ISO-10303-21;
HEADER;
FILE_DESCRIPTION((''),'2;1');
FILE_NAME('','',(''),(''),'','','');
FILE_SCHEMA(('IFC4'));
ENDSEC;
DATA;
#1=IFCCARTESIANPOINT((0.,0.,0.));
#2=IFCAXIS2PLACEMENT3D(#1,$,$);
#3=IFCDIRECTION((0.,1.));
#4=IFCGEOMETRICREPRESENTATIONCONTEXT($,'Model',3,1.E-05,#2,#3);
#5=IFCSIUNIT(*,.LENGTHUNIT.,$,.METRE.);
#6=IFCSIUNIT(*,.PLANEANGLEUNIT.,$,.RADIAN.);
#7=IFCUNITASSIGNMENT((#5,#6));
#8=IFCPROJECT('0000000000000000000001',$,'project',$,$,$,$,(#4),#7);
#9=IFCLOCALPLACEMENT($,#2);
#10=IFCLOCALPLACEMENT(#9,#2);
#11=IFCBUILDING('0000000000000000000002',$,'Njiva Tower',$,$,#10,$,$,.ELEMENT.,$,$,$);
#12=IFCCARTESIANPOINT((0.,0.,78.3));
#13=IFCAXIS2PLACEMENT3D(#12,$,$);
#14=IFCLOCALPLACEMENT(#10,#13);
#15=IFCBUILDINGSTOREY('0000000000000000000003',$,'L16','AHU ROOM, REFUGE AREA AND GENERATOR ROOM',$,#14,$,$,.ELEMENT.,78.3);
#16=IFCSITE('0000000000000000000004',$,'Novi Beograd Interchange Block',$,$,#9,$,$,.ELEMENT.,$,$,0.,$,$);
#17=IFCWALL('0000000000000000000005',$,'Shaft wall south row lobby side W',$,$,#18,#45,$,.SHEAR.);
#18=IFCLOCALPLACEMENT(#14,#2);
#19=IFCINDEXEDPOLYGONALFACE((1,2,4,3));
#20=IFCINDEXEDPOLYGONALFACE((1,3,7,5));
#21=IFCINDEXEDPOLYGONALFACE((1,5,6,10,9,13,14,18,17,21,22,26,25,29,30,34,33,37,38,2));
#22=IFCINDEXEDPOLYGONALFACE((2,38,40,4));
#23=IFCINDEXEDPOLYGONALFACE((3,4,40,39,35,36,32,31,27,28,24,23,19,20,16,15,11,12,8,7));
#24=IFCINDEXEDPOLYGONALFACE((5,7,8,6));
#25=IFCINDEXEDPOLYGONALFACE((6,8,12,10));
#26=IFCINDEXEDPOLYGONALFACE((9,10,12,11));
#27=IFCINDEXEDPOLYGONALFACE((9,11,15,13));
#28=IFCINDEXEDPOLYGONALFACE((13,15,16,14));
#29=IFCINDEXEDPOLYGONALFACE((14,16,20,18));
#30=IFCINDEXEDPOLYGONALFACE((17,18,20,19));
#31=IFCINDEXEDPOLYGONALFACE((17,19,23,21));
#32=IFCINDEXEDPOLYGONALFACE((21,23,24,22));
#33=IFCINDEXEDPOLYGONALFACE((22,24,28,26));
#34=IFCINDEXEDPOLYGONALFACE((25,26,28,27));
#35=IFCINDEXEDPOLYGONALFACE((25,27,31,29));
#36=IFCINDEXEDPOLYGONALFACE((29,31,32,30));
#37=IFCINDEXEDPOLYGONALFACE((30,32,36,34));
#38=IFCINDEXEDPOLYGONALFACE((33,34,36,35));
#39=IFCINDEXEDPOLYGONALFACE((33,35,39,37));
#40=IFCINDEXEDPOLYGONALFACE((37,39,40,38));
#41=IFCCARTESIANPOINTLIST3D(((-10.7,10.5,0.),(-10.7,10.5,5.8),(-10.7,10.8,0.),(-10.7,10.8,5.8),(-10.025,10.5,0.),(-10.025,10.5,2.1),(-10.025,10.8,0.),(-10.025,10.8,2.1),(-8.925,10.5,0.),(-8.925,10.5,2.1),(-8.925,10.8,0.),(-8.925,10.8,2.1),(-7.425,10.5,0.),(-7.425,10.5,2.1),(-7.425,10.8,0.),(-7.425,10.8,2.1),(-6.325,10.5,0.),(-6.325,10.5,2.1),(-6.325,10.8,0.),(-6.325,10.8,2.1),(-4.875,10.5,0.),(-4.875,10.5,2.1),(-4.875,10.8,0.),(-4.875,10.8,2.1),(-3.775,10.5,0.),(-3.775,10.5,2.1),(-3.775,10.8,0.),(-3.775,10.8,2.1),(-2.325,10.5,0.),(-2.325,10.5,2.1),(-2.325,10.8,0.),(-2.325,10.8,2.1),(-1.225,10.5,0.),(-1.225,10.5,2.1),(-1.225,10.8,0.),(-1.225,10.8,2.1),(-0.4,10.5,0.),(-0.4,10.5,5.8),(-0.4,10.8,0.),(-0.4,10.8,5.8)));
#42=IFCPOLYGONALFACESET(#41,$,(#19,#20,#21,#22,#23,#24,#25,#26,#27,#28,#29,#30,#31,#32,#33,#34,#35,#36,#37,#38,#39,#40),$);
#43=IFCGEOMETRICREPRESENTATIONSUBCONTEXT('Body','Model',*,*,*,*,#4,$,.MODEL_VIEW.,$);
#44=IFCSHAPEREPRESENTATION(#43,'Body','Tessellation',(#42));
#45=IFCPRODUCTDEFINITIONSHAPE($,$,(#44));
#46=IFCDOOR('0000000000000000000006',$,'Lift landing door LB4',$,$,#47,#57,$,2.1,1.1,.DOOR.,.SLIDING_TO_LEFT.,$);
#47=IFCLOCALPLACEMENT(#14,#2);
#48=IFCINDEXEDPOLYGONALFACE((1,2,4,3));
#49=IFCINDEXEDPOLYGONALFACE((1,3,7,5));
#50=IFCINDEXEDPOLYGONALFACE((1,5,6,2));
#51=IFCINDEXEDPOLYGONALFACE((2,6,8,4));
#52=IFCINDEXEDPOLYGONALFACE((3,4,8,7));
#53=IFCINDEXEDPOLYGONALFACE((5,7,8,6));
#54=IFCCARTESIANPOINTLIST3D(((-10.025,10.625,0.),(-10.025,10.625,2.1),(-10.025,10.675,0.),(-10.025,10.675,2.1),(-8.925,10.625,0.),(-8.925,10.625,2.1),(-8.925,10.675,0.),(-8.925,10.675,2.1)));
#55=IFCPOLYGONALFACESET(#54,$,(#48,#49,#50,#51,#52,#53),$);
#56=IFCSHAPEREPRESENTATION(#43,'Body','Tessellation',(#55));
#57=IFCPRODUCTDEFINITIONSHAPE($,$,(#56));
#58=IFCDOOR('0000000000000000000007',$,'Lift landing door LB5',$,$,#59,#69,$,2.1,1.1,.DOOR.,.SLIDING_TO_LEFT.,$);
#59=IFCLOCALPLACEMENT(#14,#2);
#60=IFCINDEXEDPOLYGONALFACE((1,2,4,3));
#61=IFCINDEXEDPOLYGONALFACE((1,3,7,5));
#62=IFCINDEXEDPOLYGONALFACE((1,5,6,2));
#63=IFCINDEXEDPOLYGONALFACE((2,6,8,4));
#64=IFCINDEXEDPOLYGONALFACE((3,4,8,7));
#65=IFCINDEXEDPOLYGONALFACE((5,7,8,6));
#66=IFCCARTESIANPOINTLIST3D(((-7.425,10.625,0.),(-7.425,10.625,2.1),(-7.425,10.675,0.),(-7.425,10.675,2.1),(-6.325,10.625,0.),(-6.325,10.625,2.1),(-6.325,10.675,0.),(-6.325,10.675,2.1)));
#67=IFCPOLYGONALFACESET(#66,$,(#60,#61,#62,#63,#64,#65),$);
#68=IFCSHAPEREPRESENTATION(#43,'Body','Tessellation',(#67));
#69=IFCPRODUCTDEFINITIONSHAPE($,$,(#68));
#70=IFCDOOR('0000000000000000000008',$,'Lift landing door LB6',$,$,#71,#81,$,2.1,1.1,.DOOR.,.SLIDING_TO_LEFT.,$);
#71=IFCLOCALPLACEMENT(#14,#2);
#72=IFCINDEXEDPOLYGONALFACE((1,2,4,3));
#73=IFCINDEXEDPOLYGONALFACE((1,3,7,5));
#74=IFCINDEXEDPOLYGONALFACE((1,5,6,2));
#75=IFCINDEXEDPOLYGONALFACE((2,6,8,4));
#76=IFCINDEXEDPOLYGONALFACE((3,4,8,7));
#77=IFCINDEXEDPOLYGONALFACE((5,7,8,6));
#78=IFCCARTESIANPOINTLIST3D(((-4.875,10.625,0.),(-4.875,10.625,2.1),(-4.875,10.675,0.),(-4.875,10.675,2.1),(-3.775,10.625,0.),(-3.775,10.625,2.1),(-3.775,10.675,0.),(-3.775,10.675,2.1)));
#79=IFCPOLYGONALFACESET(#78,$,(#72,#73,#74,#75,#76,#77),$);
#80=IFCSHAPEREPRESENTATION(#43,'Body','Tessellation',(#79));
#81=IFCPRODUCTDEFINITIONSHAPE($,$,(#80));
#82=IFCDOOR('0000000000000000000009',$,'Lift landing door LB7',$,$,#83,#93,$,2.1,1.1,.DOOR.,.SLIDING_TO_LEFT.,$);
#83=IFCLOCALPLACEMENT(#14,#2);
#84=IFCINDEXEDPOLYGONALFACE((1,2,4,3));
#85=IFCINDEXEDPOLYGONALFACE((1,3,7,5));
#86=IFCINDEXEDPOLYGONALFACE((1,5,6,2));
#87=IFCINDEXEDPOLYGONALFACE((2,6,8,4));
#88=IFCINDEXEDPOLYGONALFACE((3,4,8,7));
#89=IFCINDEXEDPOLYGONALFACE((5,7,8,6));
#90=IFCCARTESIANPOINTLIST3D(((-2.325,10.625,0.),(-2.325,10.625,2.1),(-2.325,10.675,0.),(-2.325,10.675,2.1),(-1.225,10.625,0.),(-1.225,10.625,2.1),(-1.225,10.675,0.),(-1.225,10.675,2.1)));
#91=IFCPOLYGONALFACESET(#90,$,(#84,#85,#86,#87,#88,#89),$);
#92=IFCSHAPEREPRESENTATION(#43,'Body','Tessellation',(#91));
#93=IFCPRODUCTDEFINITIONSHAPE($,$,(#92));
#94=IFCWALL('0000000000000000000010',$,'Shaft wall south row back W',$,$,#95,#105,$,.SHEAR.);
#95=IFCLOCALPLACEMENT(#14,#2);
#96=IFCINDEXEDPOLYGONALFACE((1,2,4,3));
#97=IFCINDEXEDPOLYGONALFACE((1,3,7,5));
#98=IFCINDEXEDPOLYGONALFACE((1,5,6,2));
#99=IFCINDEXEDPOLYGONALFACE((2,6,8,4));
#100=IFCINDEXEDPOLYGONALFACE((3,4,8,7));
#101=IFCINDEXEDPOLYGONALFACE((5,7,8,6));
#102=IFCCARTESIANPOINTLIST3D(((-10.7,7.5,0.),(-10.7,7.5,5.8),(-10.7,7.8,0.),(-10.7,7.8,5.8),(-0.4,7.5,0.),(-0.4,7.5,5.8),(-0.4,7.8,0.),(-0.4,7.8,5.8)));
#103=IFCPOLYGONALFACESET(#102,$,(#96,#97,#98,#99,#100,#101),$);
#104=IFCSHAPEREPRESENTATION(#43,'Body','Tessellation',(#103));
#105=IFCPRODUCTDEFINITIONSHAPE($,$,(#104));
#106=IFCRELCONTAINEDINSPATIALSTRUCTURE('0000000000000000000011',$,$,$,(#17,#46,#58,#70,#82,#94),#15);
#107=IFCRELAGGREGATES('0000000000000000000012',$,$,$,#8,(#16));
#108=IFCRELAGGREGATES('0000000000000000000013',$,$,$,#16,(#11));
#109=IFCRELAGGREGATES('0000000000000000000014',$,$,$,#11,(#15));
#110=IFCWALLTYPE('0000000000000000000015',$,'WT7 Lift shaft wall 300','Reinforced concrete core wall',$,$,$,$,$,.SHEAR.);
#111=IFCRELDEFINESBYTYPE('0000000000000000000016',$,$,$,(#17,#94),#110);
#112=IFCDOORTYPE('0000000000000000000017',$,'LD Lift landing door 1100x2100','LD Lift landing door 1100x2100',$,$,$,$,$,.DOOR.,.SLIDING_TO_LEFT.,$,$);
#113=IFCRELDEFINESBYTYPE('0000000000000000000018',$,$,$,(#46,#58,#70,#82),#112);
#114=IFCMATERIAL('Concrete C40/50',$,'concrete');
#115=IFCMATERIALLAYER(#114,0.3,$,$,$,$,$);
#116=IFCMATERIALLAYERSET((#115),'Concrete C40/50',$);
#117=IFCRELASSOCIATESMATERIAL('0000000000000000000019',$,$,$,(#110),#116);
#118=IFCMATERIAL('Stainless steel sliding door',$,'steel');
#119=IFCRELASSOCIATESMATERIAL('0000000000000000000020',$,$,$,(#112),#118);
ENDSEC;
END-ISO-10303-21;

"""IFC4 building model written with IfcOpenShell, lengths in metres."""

from ifc_helpers import new_model, si_unit, direction, frame, frame_2d, origin, place, context, subcontext, project, spatial, rectangle, extrude, material, layer, layer_set, type_object, element, fill, save


model = new_model("IFC4")

# Units and contexts
model_context = context("Model", 3, precision=1e-05, world=origin(), true_north=direction((0.0, 1.0)))
body_context = subcontext(model_context, "Body", "Model", "MODEL_VIEW")
ifc_project = project(units=[si_unit("LENGTHUNIT", "METRE"), si_unit("PLANEANGLEUNIT", "RADIAN")], contexts=[model_context])

# Site, building, storey
site_placement = place(None, origin())
site = spatial("IfcSite", under=ifc_project, at=site_placement, Name="Novi Beograd Interchange Block", CompositionType="ELEMENT", RefElevation=0.0)
building_placement = place(site_placement, origin())
building = spatial("IfcBuilding", under=site, at=building_placement, Name="Njiva Tower", CompositionType="ELEMENT")
storey_placement = place(building_placement, frame((0.0, 0.0, 78.3)))
storey = spatial("IfcBuildingStorey", under=building, at=storey_placement, Name="L16", Description="AHU ROOM, REFUGE AREA AND GENERATOR ROOM", CompositionType="ELEMENT", Elevation=78.3)

# Shared definitions
ifc_material_1 = material(Name="Concrete C40/50", Category="concrete")

# Wall, openings, doors
ifc_layer_1 = layer(ifc_material_1, 0.3)
ifc_layer_set_1 = layer_set([ifc_layer_1], Name="Concrete C40/50")
wall_type_1 = type_object("IfcWallType", Name="WT7 Lift shaft wall 300", Description="Reinforced concrete core wall", PredefinedType="SHEAR", material=ifc_layer_set_1)
wall_1_placement = place(storey_placement, frame((-10.7, 10.65, 0.0), z_axis=(0.0, 0.0, 1.0), x_axis=(1.0, 0.0, 0.0)))
wall_1 = element("IfcWall", 1, at=wall_1_placement, inside=storey, type_object=wall_type_1, Name="Shaft wall south row lobby side W", PredefinedType="SHEAR", context=body_context, shape_type="SweptSolid", body=[
    extrude(rectangle(XDim=10.3, YDim=0.3, at=frame_2d((5.15, 0.0))), origin(), (0.0, 0.0, 1.0), 5.8),
])
opening_1_placement = place(wall_1_placement, frame((0.675, 0.0, 0.0)))
opening_1 = element("IfcOpeningElement", 2, at=opening_1_placement, cuts=wall_1, PredefinedType="OPENING", context=body_context, shape_type="SweptSolid", body=[
    extrude(rectangle(XDim=1.1, YDim=2.1, at=frame_2d((0.55, 1.05))), frame((0.0, 0.16, 0.0), z_axis=(0.0, -1.0, 0.0), x_axis=(1.0, 0.0, 0.0)), (0.0, 0.0, 1.0), 0.32),
])
opening_2_placement = place(wall_1_placement, frame((3.275, 0.0, 0.0)))
opening_2 = element("IfcOpeningElement", 3, at=opening_2_placement, cuts=wall_1, PredefinedType="OPENING", context=body_context, shape_type="SweptSolid", body=[
    extrude(rectangle(XDim=1.1, YDim=2.1, at=frame_2d((0.55, 1.05))), frame((0.0, 0.16, 0.0), z_axis=(0.0, -1.0, 0.0), x_axis=(1.0, 0.0, 0.0)), (0.0, 0.0, 1.0), 0.32),
])
opening_3_placement = place(wall_1_placement, frame((5.825, 0.0, 0.0)))
opening_3 = element("IfcOpeningElement", 4, at=opening_3_placement, cuts=wall_1, PredefinedType="OPENING", context=body_context, shape_type="SweptSolid", body=[
    extrude(rectangle(XDim=1.1, YDim=2.1, at=frame_2d((0.55, 1.05))), frame((0.0, 0.16, 0.0), z_axis=(0.0, -1.0, 0.0), x_axis=(1.0, 0.0, 0.0)), (0.0, 0.0, 1.0), 0.32),
])
opening_4_placement = place(wall_1_placement, frame((8.375, 0.0, 0.0)))
opening_4 = element("IfcOpeningElement", 5, at=opening_4_placement, cuts=wall_1, PredefinedType="OPENING", context=body_context, shape_type="SweptSolid", body=[
    extrude(rectangle(XDim=1.1, YDim=2.1, at=frame_2d((0.55, 1.05))), frame((0.0, 0.16, 0.0), z_axis=(0.0, -1.0, 0.0), x_axis=(1.0, 0.0, 0.0)), (0.0, 0.0, 1.0), 0.32),
])
ifc_material_2 = material(Name="Stainless steel sliding door", Category="steel")
door_type_1 = type_object("IfcDoorType", Name="LD Lift landing door 1100x2100", Description="LD Lift landing door 1100x2100", OperationType="SLIDING_TO_LEFT", PredefinedType="DOOR", material=ifc_material_2)
door_1_placement = place(opening_1_placement, origin())
door_1 = element("IfcDoor", 6, at=door_1_placement, inside=storey, type_object=door_type_1, Name="Lift landing door LB4", OperationType="SLIDING_TO_LEFT", OverallHeight=2.1, OverallWidth=1.1, PredefinedType="DOOR", context=body_context, shape_type="SweptSolid", body=[
    extrude(rectangle(XDim=1.1, YDim=2.1, at=frame_2d((0.55, 1.05))), frame((0.0, 0.025, 0.0), z_axis=(0.0, -1.0, 0.0), x_axis=(1.0, 0.0, 0.0)), (0.0, 0.0, 1.0), 0.05),
])
fill(opening_1, door_1)
door_2_placement = place(opening_2_placement, origin())
door_2 = element("IfcDoor", 7, at=door_2_placement, inside=storey, type_object=door_type_1, Name="Lift landing door LB5", OperationType="SLIDING_TO_LEFT", OverallHeight=2.1, OverallWidth=1.1, PredefinedType="DOOR", context=body_context, shape_type="SweptSolid", body=[
    extrude(rectangle(XDim=1.1, YDim=2.1, at=frame_2d((0.55, 1.05))), frame((0.0, 0.025, 0.0), z_axis=(0.0, -1.0, 0.0), x_axis=(1.0, 0.0, 0.0)), (0.0, 0.0, 1.0), 0.05),
])
fill(opening_2, door_2)
door_3_placement = place(opening_3_placement, origin())
door_3 = element("IfcDoor", 8, at=door_3_placement, inside=storey, type_object=door_type_1, Name="Lift landing door LB6", OperationType="SLIDING_TO_LEFT", OverallHeight=2.1, OverallWidth=1.1, PredefinedType="DOOR", context=body_context, shape_type="SweptSolid", body=[
    extrude(rectangle(XDim=1.1, YDim=2.1, at=frame_2d((0.55, 1.05))), frame((0.0, 0.025, 0.0), z_axis=(0.0, -1.0, 0.0), x_axis=(1.0, 0.0, 0.0)), (0.0, 0.0, 1.0), 0.05),
])
fill(opening_3, door_3)
door_4_placement = place(opening_4_placement, origin())
door_4 = element("IfcDoor", 9, at=door_4_placement, inside=storey, type_object=door_type_1, Name="Lift landing door LB7", OperationType="SLIDING_TO_LEFT", OverallHeight=2.1, OverallWidth=1.1, PredefinedType="DOOR", context=body_context, shape_type="SweptSolid", body=[
    extrude(rectangle(XDim=1.1, YDim=2.1, at=frame_2d((0.55, 1.05))), frame((0.0, 0.025, 0.0), z_axis=(0.0, -1.0, 0.0), x_axis=(1.0, 0.0, 0.0)), (0.0, 0.0, 1.0), 0.05),
])
fill(opening_4, door_4)

# Wall
wall_2_placement = place(storey_placement, frame((-10.7, 7.65, 0.0), z_axis=(0.0, 0.0, 1.0), x_axis=(1.0, 0.0, 0.0)))
element("IfcWall", 10, at=wall_2_placement, inside=storey, type_object=wall_type_1, Name="Shaft wall south row back W", PredefinedType="SHEAR", context=body_context, shape_type="SweptSolid", body=[
    extrude(rectangle(XDim=10.3, YDim=0.3, at=frame_2d((5.15, 0.0))), origin(), (0.0, 0.0, 1.0), 5.8),
])

save(model, "model.ifc")
